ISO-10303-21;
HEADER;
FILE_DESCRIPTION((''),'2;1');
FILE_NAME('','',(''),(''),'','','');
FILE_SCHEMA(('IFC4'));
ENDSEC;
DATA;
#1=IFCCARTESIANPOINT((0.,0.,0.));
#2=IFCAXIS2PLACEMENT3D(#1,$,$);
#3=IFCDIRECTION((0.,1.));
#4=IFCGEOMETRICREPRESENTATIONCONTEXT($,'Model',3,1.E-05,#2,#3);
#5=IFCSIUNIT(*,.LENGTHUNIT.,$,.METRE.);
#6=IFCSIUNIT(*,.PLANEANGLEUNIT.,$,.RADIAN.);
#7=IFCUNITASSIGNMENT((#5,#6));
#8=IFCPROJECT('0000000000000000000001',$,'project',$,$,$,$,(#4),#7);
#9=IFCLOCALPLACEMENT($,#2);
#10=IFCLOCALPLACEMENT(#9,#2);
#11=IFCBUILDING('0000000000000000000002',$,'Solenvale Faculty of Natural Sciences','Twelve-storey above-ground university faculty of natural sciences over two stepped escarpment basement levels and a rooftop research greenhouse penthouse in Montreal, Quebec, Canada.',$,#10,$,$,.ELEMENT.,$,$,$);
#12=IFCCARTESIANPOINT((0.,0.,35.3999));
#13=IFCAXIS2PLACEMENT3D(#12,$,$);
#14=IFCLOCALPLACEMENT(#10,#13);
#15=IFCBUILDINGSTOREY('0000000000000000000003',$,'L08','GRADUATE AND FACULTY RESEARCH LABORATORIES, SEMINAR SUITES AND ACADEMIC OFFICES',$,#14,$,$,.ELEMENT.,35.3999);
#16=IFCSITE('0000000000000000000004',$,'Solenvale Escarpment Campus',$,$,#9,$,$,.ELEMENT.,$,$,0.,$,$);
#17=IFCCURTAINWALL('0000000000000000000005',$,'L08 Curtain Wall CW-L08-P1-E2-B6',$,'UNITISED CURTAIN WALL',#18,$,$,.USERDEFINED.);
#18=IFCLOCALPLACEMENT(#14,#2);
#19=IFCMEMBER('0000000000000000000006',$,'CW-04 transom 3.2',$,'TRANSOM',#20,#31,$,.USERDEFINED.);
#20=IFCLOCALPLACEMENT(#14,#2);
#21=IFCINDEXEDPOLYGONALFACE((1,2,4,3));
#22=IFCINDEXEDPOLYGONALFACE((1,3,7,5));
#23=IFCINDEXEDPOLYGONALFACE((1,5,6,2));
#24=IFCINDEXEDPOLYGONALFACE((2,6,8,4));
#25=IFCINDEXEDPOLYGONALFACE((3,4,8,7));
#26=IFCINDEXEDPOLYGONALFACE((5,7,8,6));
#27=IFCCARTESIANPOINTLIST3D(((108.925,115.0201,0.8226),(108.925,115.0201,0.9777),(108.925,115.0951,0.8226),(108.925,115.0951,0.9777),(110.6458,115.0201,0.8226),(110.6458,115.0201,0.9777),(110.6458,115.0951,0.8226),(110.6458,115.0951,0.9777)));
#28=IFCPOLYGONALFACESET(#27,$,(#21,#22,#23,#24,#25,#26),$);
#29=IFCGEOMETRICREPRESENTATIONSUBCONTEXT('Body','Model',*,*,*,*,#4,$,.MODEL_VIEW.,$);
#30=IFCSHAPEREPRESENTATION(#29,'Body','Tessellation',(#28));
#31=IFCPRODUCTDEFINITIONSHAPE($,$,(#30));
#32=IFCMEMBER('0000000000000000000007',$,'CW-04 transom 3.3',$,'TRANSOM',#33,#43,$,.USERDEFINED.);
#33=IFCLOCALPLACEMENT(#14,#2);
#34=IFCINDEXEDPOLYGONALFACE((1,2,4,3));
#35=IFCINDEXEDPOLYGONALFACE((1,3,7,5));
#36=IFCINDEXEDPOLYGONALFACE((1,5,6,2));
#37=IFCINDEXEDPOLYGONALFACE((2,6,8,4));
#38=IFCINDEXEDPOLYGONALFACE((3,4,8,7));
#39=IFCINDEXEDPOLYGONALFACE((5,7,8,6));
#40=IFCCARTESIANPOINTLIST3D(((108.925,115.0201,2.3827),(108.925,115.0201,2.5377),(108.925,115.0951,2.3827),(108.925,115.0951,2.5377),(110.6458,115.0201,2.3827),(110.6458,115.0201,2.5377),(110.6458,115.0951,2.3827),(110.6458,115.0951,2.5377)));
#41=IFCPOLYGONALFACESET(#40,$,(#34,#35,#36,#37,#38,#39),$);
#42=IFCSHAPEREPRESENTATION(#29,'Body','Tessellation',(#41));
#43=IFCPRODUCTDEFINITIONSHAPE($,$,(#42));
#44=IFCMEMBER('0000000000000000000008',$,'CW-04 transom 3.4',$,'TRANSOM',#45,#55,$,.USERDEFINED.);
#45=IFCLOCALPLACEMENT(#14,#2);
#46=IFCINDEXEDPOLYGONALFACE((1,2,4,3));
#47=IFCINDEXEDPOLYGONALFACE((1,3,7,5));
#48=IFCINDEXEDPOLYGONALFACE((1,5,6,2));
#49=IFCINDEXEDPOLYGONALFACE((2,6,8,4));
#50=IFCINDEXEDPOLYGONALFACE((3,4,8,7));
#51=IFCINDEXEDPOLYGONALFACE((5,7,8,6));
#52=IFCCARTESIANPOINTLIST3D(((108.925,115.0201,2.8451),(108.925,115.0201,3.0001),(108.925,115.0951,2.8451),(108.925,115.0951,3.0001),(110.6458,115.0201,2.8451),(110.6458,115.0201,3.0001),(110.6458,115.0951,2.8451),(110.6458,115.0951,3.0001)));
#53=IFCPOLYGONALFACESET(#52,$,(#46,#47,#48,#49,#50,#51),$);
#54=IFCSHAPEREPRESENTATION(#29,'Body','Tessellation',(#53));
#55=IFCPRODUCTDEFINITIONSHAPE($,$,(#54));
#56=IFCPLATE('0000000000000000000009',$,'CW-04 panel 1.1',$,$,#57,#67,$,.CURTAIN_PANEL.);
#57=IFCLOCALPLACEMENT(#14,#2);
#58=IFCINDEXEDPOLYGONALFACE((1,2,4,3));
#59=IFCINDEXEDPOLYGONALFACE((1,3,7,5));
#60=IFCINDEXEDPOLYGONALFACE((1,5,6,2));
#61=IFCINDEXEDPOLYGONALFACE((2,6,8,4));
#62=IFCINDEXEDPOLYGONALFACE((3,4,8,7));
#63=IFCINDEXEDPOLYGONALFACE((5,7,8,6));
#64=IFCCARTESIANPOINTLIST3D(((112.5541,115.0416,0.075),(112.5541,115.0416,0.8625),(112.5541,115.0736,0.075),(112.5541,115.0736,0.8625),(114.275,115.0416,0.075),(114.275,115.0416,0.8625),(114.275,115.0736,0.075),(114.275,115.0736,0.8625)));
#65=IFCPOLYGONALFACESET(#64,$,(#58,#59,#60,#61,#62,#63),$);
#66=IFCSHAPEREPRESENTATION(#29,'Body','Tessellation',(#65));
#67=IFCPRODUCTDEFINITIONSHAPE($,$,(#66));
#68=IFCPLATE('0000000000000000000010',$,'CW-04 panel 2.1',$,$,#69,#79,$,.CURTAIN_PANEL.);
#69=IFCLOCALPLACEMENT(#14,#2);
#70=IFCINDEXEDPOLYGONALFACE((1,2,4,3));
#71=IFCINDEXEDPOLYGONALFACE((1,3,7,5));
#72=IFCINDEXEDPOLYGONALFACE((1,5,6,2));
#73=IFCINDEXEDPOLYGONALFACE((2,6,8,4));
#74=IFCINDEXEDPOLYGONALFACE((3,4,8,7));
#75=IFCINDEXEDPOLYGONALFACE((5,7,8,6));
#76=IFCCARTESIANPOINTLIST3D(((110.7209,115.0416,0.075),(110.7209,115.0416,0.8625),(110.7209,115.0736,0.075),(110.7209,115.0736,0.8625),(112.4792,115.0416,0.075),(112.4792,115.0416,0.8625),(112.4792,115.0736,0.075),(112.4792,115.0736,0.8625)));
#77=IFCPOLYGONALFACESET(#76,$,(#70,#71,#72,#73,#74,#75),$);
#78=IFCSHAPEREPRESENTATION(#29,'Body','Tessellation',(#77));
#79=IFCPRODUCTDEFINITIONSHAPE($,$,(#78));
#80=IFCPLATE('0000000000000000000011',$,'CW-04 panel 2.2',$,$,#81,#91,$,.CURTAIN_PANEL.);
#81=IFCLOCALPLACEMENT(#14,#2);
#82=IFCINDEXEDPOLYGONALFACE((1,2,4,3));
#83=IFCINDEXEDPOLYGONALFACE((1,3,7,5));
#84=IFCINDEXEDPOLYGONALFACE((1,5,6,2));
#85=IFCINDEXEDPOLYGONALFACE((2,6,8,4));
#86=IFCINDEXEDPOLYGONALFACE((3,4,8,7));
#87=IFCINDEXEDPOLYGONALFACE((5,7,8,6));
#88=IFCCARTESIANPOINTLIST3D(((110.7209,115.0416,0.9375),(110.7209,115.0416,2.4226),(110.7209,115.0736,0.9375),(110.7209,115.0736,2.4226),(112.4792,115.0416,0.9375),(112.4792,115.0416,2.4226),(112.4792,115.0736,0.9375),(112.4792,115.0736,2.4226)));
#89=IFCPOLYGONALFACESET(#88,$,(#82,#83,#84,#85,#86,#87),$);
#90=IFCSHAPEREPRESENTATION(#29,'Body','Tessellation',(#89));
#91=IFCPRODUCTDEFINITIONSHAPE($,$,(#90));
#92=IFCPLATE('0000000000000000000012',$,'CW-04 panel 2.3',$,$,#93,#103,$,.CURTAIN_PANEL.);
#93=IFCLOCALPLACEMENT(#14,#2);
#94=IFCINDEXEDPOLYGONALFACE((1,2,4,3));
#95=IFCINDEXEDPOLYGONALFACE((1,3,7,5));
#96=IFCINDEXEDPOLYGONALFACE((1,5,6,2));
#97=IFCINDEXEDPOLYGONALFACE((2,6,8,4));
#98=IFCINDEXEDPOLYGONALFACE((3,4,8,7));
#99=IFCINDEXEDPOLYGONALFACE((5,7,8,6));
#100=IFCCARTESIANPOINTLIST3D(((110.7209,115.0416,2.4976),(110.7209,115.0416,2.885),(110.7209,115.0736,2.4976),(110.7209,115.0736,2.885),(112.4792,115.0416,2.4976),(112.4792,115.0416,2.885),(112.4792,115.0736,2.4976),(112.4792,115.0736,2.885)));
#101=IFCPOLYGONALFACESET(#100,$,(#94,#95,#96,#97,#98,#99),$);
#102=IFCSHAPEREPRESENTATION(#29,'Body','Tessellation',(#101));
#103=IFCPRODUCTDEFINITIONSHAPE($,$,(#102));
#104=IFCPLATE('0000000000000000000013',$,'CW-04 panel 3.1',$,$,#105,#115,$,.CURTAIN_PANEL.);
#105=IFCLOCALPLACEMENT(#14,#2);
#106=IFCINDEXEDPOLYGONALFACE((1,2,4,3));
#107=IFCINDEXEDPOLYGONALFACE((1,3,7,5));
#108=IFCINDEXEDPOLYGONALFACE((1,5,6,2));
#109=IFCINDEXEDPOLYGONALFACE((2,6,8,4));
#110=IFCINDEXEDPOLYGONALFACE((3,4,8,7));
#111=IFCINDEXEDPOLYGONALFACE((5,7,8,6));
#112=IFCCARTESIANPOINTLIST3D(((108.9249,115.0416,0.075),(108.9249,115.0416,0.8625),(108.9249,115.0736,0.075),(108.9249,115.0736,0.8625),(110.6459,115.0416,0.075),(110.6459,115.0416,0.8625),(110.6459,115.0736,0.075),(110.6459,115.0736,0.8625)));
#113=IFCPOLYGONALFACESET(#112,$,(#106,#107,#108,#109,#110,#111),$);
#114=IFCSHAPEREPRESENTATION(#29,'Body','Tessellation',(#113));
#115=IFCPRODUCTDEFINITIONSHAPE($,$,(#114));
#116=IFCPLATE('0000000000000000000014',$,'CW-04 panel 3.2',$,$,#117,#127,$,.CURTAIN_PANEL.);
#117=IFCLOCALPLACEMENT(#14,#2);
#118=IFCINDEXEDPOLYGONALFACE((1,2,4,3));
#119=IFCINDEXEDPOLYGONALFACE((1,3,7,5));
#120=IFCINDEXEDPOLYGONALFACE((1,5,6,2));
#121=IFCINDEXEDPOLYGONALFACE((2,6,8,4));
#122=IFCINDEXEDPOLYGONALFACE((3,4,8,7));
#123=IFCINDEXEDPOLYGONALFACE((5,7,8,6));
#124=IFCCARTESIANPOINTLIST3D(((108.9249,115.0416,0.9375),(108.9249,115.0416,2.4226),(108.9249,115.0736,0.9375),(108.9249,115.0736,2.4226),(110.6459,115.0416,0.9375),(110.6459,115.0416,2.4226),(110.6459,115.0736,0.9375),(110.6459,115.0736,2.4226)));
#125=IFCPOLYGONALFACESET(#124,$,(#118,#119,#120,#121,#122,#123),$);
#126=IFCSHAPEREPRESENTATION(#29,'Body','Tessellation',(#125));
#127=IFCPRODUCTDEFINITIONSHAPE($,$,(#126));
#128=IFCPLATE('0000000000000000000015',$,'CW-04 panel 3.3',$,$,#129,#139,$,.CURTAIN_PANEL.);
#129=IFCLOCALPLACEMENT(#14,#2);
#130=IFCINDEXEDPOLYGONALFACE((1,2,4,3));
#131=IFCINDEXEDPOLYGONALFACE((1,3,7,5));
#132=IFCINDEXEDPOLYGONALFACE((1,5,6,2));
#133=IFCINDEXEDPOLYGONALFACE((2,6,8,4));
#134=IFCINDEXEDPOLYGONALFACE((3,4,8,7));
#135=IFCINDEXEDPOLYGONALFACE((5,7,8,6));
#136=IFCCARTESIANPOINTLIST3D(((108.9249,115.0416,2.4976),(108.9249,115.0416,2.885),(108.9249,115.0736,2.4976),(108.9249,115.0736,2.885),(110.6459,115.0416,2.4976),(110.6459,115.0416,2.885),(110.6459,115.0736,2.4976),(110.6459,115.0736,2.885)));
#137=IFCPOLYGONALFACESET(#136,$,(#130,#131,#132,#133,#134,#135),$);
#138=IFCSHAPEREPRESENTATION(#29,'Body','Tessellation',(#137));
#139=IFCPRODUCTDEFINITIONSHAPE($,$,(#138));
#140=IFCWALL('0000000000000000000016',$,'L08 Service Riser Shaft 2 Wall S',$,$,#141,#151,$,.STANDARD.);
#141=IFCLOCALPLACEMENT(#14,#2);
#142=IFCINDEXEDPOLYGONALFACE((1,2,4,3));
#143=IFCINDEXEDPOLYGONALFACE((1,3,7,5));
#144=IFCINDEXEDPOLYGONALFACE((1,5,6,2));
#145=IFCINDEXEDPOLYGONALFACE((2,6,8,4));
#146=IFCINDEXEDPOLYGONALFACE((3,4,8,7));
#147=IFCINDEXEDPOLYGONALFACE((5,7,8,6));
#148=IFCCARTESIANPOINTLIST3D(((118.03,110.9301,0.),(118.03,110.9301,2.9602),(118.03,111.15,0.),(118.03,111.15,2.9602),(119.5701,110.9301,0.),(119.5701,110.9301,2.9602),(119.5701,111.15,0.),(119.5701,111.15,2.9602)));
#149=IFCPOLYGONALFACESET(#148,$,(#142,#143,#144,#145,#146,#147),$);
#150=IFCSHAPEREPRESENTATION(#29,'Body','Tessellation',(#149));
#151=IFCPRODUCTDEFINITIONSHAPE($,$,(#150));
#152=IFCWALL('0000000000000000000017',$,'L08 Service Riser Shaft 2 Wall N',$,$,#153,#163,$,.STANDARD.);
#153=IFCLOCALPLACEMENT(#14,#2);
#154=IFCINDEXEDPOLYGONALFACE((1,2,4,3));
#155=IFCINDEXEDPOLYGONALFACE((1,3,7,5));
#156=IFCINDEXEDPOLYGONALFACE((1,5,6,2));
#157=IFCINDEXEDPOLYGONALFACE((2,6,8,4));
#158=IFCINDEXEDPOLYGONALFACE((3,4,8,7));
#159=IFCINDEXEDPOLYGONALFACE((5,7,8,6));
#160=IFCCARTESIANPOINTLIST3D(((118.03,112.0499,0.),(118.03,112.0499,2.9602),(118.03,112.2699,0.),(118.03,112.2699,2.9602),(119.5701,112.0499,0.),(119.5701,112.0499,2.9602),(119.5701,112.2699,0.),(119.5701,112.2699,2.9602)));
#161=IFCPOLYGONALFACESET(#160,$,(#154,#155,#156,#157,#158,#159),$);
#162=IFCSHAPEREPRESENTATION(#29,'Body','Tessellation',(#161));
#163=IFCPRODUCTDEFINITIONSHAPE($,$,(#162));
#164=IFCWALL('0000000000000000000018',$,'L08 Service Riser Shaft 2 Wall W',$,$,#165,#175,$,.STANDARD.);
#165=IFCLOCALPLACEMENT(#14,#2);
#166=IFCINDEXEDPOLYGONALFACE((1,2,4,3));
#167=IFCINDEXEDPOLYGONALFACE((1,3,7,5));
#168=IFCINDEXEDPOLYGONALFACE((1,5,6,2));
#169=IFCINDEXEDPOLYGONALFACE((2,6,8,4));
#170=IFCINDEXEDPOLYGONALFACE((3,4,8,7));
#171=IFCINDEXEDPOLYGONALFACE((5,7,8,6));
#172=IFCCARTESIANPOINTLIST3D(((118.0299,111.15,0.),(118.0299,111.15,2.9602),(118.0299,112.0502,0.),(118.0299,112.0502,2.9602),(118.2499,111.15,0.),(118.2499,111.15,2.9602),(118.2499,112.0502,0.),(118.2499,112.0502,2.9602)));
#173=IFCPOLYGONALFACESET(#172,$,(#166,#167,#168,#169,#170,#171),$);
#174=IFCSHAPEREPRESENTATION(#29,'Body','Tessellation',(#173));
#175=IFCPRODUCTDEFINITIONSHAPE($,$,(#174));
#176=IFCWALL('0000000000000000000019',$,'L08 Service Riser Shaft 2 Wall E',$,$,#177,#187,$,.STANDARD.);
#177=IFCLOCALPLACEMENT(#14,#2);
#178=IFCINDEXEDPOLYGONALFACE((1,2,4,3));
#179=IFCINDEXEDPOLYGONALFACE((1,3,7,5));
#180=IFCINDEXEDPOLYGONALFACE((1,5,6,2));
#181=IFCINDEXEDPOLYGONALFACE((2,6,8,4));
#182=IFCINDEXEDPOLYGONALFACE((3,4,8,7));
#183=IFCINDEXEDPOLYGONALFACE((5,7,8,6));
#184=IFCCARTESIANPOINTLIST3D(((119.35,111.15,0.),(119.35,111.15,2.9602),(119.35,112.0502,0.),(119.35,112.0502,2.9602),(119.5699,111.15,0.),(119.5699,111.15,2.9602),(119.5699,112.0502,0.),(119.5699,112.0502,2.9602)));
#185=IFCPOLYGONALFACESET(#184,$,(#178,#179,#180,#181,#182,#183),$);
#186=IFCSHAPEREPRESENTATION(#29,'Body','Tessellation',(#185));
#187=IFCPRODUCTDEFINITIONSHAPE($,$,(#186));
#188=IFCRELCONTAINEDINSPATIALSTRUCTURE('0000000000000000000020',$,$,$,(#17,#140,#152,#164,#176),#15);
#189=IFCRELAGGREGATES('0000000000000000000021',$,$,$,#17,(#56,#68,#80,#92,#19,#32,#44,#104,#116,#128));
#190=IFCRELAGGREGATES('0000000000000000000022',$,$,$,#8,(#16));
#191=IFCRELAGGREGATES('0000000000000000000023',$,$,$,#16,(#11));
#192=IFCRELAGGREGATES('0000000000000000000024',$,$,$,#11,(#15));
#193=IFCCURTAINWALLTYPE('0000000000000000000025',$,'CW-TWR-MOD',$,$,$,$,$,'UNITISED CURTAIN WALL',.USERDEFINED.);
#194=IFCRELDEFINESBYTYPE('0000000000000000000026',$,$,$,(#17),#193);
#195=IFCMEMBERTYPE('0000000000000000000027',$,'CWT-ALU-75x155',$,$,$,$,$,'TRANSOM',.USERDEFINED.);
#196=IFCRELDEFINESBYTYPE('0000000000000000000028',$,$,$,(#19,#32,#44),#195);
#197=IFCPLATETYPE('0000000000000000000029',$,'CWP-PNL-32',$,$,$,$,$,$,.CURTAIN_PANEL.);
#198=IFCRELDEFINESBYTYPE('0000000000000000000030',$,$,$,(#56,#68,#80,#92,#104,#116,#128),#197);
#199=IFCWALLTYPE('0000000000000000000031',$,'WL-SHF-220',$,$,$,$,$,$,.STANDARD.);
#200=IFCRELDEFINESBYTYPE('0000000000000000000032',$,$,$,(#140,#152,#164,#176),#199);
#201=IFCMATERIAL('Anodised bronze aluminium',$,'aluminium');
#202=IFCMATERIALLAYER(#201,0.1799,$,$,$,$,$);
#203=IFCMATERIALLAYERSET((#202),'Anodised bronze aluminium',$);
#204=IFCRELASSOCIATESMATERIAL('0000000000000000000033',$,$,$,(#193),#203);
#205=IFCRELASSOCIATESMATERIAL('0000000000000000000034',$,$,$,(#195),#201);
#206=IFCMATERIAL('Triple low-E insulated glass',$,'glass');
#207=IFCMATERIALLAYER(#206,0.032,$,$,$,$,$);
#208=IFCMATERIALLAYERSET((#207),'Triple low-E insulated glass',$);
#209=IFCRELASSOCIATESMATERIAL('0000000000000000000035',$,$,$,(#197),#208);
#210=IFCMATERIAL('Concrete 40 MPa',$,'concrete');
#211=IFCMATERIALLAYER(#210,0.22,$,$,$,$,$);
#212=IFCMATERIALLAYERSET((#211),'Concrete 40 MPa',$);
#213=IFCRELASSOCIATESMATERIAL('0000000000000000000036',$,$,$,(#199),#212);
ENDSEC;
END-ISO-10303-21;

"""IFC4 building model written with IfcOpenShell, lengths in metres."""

from ifc_helpers import new_model, si_unit, direction, frame, frame_2d, origin, origin_2d, place, context, subcontext, project, spatial, rectangle, extrude, material, layer, layer_set, material_profile, profile_set, type_object, element, aggregate, save


model = new_model("IFC4")

# Units and contexts
model_context = context("Model", 3, precision=1e-05, world=origin(), true_north=direction((0.0, 1.0)))
body_context = subcontext(model_context, "Body", "Model", "MODEL_VIEW")
ifc_project = project(units=[si_unit("LENGTHUNIT", "METRE"), si_unit("PLANEANGLEUNIT", "RADIAN")], contexts=[model_context])

# Site, building, storey
site_placement = place(None, origin())
site = spatial("IfcSite", under=ifc_project, at=site_placement, Name="Solenvale Escarpment Campus", CompositionType="ELEMENT", RefElevation=0.0)
building_placement = place(site_placement, origin())
building = spatial("IfcBuilding", under=site, at=building_placement, Name="Solenvale Faculty of Natural Sciences", Description="Twelve-storey above-ground university faculty of natural sciences over two stepped escarpment basement levels and a rooftop research greenhouse penthouse in Montreal, Quebec, Canada.", CompositionType="ELEMENT")
storey_placement = place(building_placement, frame((0.0, 0.0, 35.3999)))
storey = spatial("IfcBuildingStorey", under=building, at=storey_placement, Name="L08", Description="GRADUATE AND FACULTY RESEARCH LABORATORIES, SEMINAR SUITES AND ACADEMIC OFFICES", CompositionType="ELEMENT", Elevation=35.3999)

# Shared definitions
ifc_material_1 = material(Name="Concrete 40 MPa", Category="concrete")

# Curtain wall, members, plates
ifc_material_2 = material(Name="Anodised bronze aluminium", Category="aluminium")
ifc_layer_1 = layer(ifc_material_2, 0.1799)
ifc_layer_set_1 = layer_set([ifc_layer_1], Name="Anodised bronze aluminium")
curtain_wall_type = type_object("IfcCurtainWallType", Name="CW-TWR-MOD", ElementType="UNITISED CURTAIN WALL", PredefinedType="USERDEFINED", material=ifc_layer_set_1)
curtain_wall_placement = place(storey_placement, origin())
curtain_wall = element("IfcCurtainWall", 1, at=curtain_wall_placement, inside=storey, type_object=curtain_wall_type, Name="L08 Curtain Wall CW-L08-P1-E2-B6", ObjectType="UNITISED CURTAIN WALL", PredefinedType="USERDEFINED")
ifc_material_profile_1 = material_profile(ifc_material_2, rectangle(XDim=0.075, YDim=0.155, at=origin_2d()), Name="ALU-TRN-75x155")
ifc_profile_set_1 = profile_set([ifc_material_profile_1], Name="Anodised bronze aluminium")
member_type_1 = type_object("IfcMemberType", Name="CWT-ALU-75x155", ElementType="TRANSOM", PredefinedType="USERDEFINED", material=ifc_profile_set_1)
member_1_placement = place(storey_placement, frame((110.6458, 115.0576, 0.9001), z_axis=(-1.0, 0.0, 0.0), x_axis=(0.0, -1.0, 0.0)))
member_1 = element("IfcMember", 2, at=member_1_placement, type_object=member_type_1, Name="CW-04 transom 3.2", ObjectType="TRANSOM", PredefinedType="USERDEFINED", context=body_context, shape_type="SweptSolid", body=[
    extrude(rectangle(XDim=0.075, YDim=0.155, at=origin_2d()), origin(), (0.0, 0.0, 1.0), 1.7207),
])
member_2_placement = place(storey_placement, frame((110.6458, 115.0576, 2.4602), z_axis=(-1.0, 0.0, 0.0), x_axis=(0.0, -1.0, 0.0)))
member_2 = element("IfcMember", 3, at=member_2_placement, type_object=member_type_1, Name="CW-04 transom 3.3", ObjectType="TRANSOM", PredefinedType="USERDEFINED", context=body_context, shape_type="SweptSolid", body=[
    extrude(rectangle(XDim=0.075, YDim=0.155, at=origin_2d()), origin(), (0.0, 0.0, 1.0), 1.7207),
])
member_3_placement = place(storey_placement, frame((110.6458, 115.0576, 2.9226), z_axis=(-1.0, 0.0, 0.0), x_axis=(0.0, -1.0, 0.0)))
member_3 = element("IfcMember", 4, at=member_3_placement, type_object=member_type_1, Name="CW-04 transom 3.4", ObjectType="TRANSOM", PredefinedType="USERDEFINED", context=body_context, shape_type="SweptSolid", body=[
    extrude(rectangle(XDim=0.075, YDim=0.155, at=origin_2d()), origin(), (0.0, 0.0, 1.0), 1.7207),
])
ifc_material_3 = material(Name="Triple low-E insulated glass", Category="glass")
ifc_layer_2 = layer(ifc_material_3, 0.032)
ifc_layer_set_2 = layer_set([ifc_layer_2], Name="Triple low-E insulated glass")
plate_type = type_object("IfcPlateType", Name="CWP-PNL-32", PredefinedType="CURTAIN_PANEL", material=ifc_layer_set_2)
plate_1_placement = place(storey_placement, frame((113.4146, 115.0576, 0.075), z_axis=(0.0, 0.0, 1.0), x_axis=(-1.0, 0.0, 0.0)))
plate_1 = element("IfcPlate", 5, at=plate_1_placement, type_object=plate_type, Name="CW-04 panel 1.1", PredefinedType="CURTAIN_PANEL", context=body_context, shape_type="SweptSolid", body=[
    extrude(rectangle(XDim=1.7209, YDim=0.032, at=origin_2d()), origin(), (0.0, 0.0, 1.0), 0.7876),
])
plate_2_placement = place(storey_placement, frame((111.6001, 115.0576, 0.075), z_axis=(0.0, 0.0, 1.0), x_axis=(-1.0, 0.0, 0.0)))
plate_2 = element("IfcPlate", 6, at=plate_2_placement, type_object=plate_type, Name="CW-04 panel 2.1", PredefinedType="CURTAIN_PANEL", context=body_context, shape_type="SweptSolid", body=[
    extrude(rectangle(XDim=1.7583, YDim=0.032, at=origin_2d()), origin(), (0.0, 0.0, 1.0), 0.7876),
])
plate_3_placement = place(storey_placement, frame((111.6001, 115.0576, 0.9375), z_axis=(0.0, 0.0, 1.0), x_axis=(-1.0, 0.0, 0.0)))
plate_3 = element("IfcPlate", 7, at=plate_3_placement, type_object=plate_type, Name="CW-04 panel 2.2", PredefinedType="CURTAIN_PANEL", context=body_context, shape_type="SweptSolid", body=[
    extrude(rectangle(XDim=1.7583, YDim=0.032, at=origin_2d()), origin(), (0.0, 0.0, 1.0), 1.4851),
])
plate_4_placement = place(storey_placement, frame((111.6001, 115.0576, 2.4976), z_axis=(0.0, 0.0, 1.0), x_axis=(-1.0, 0.0, 0.0)))
plate_4 = element("IfcPlate", 8, at=plate_4_placement, type_object=plate_type, Name="CW-04 panel 2.3", PredefinedType="CURTAIN_PANEL", context=body_context, shape_type="SweptSolid", body=[
    extrude(rectangle(XDim=1.7583, YDim=0.032, at=origin_2d()), origin(), (0.0, 0.0, 1.0), 0.3875),
])
plate_5_placement = place(storey_placement, frame((109.7854, 115.0576, 0.075), z_axis=(0.0, 0.0, 1.0), x_axis=(-1.0, 0.0, 0.0)))
plate_5 = element("IfcPlate", 9, at=plate_5_placement, type_object=plate_type, Name="CW-04 panel 3.1", PredefinedType="CURTAIN_PANEL", context=body_context, shape_type="SweptSolid", body=[
    extrude(rectangle(XDim=1.7209, YDim=0.032, at=origin_2d()), origin(), (0.0, 0.0, 1.0), 0.7876),
])
plate_6_placement = place(storey_placement, frame((109.7854, 115.0576, 0.9375), z_axis=(0.0, 0.0, 1.0), x_axis=(-1.0, 0.0, 0.0)))
plate_6 = element("IfcPlate", 10, at=plate_6_placement, type_object=plate_type, Name="CW-04 panel 3.2", PredefinedType="CURTAIN_PANEL", context=body_context, shape_type="SweptSolid", body=[
    extrude(rectangle(XDim=1.7209, YDim=0.032, at=origin_2d()), origin(), (0.0, 0.0, 1.0), 1.4851),
])
plate_7_placement = place(storey_placement, frame((109.7854, 115.0576, 2.4976), z_axis=(0.0, 0.0, 1.0), x_axis=(-1.0, 0.0, 0.0)))
plate_7 = element("IfcPlate", 11, at=plate_7_placement, type_object=plate_type, Name="CW-04 panel 3.3", PredefinedType="CURTAIN_PANEL", context=body_context, shape_type="SweptSolid", body=[
    extrude(rectangle(XDim=1.7209, YDim=0.032, at=origin_2d()), origin(), (0.0, 0.0, 1.0), 0.3875),
])
aggregate(curtain_wall, [plate_1, plate_2, plate_3, plate_4, member_1, member_2, member_3, plate_5, plate_6, plate_7])

# Walls
ifc_layer_3 = layer(ifc_material_1, 0.22)
ifc_layer_set_3 = layer_set([ifc_layer_3], Name="Concrete 40 MPa")
wall_type_1 = type_object("IfcWallType", Name="WL-SHF-220", PredefinedType="STANDARD", material=ifc_layer_set_3)
for number, where, z_axis, x_axis, name in (
    (12, (118.03, 111.04, 0.0), (0.0, 0.0, 1.0), (1.0, 0.0, 0.0), "L08 Service Riser Shaft 2 Wall S"),
    (13, (118.03, 112.1599, 0.0), (0.0, 0.0, 1.0), (1.0, 0.0, 0.0), "L08 Service Riser Shaft 2 Wall N"),
):
    element("IfcWall", number, at=place(storey_placement, frame(where, z_axis=z_axis, x_axis=x_axis)), inside=storey, type_object=wall_type_1, Name=name, PredefinedType="STANDARD", context=body_context, shape_type="SweptSolid", body=[
        extrude(rectangle(XDim=1.54, YDim=0.22, at=frame_2d((0.77, 0.0))), origin(), (0.0, 0.0, 1.0), 2.9602),
    ])
for number, where, z_axis, x_axis, name in (
    (14, (118.1399, 111.1499, 0.0), (0.0, 0.0, 1.0), (0.0, 1.0, 0.0), "L08 Service Riser Shaft 2 Wall W"),
    (15, (119.46, 111.1499, 0.0), (0.0, 0.0, 1.0), (0.0, 1.0, 0.0), "L08 Service Riser Shaft 2 Wall E"),
):
    element("IfcWall", number, at=place(storey_placement, frame(where, z_axis=z_axis, x_axis=x_axis)), inside=storey, type_object=wall_type_1, Name=name, PredefinedType="STANDARD", context=body_context, shape_type="SweptSolid", body=[
        extrude(rectangle(XDim=0.9001, YDim=0.22, at=frame_2d((0.4502, 0.0))), origin(), (0.0, 0.0, 1.0), 2.9602),
    ])

save(model, "model.ifc")
